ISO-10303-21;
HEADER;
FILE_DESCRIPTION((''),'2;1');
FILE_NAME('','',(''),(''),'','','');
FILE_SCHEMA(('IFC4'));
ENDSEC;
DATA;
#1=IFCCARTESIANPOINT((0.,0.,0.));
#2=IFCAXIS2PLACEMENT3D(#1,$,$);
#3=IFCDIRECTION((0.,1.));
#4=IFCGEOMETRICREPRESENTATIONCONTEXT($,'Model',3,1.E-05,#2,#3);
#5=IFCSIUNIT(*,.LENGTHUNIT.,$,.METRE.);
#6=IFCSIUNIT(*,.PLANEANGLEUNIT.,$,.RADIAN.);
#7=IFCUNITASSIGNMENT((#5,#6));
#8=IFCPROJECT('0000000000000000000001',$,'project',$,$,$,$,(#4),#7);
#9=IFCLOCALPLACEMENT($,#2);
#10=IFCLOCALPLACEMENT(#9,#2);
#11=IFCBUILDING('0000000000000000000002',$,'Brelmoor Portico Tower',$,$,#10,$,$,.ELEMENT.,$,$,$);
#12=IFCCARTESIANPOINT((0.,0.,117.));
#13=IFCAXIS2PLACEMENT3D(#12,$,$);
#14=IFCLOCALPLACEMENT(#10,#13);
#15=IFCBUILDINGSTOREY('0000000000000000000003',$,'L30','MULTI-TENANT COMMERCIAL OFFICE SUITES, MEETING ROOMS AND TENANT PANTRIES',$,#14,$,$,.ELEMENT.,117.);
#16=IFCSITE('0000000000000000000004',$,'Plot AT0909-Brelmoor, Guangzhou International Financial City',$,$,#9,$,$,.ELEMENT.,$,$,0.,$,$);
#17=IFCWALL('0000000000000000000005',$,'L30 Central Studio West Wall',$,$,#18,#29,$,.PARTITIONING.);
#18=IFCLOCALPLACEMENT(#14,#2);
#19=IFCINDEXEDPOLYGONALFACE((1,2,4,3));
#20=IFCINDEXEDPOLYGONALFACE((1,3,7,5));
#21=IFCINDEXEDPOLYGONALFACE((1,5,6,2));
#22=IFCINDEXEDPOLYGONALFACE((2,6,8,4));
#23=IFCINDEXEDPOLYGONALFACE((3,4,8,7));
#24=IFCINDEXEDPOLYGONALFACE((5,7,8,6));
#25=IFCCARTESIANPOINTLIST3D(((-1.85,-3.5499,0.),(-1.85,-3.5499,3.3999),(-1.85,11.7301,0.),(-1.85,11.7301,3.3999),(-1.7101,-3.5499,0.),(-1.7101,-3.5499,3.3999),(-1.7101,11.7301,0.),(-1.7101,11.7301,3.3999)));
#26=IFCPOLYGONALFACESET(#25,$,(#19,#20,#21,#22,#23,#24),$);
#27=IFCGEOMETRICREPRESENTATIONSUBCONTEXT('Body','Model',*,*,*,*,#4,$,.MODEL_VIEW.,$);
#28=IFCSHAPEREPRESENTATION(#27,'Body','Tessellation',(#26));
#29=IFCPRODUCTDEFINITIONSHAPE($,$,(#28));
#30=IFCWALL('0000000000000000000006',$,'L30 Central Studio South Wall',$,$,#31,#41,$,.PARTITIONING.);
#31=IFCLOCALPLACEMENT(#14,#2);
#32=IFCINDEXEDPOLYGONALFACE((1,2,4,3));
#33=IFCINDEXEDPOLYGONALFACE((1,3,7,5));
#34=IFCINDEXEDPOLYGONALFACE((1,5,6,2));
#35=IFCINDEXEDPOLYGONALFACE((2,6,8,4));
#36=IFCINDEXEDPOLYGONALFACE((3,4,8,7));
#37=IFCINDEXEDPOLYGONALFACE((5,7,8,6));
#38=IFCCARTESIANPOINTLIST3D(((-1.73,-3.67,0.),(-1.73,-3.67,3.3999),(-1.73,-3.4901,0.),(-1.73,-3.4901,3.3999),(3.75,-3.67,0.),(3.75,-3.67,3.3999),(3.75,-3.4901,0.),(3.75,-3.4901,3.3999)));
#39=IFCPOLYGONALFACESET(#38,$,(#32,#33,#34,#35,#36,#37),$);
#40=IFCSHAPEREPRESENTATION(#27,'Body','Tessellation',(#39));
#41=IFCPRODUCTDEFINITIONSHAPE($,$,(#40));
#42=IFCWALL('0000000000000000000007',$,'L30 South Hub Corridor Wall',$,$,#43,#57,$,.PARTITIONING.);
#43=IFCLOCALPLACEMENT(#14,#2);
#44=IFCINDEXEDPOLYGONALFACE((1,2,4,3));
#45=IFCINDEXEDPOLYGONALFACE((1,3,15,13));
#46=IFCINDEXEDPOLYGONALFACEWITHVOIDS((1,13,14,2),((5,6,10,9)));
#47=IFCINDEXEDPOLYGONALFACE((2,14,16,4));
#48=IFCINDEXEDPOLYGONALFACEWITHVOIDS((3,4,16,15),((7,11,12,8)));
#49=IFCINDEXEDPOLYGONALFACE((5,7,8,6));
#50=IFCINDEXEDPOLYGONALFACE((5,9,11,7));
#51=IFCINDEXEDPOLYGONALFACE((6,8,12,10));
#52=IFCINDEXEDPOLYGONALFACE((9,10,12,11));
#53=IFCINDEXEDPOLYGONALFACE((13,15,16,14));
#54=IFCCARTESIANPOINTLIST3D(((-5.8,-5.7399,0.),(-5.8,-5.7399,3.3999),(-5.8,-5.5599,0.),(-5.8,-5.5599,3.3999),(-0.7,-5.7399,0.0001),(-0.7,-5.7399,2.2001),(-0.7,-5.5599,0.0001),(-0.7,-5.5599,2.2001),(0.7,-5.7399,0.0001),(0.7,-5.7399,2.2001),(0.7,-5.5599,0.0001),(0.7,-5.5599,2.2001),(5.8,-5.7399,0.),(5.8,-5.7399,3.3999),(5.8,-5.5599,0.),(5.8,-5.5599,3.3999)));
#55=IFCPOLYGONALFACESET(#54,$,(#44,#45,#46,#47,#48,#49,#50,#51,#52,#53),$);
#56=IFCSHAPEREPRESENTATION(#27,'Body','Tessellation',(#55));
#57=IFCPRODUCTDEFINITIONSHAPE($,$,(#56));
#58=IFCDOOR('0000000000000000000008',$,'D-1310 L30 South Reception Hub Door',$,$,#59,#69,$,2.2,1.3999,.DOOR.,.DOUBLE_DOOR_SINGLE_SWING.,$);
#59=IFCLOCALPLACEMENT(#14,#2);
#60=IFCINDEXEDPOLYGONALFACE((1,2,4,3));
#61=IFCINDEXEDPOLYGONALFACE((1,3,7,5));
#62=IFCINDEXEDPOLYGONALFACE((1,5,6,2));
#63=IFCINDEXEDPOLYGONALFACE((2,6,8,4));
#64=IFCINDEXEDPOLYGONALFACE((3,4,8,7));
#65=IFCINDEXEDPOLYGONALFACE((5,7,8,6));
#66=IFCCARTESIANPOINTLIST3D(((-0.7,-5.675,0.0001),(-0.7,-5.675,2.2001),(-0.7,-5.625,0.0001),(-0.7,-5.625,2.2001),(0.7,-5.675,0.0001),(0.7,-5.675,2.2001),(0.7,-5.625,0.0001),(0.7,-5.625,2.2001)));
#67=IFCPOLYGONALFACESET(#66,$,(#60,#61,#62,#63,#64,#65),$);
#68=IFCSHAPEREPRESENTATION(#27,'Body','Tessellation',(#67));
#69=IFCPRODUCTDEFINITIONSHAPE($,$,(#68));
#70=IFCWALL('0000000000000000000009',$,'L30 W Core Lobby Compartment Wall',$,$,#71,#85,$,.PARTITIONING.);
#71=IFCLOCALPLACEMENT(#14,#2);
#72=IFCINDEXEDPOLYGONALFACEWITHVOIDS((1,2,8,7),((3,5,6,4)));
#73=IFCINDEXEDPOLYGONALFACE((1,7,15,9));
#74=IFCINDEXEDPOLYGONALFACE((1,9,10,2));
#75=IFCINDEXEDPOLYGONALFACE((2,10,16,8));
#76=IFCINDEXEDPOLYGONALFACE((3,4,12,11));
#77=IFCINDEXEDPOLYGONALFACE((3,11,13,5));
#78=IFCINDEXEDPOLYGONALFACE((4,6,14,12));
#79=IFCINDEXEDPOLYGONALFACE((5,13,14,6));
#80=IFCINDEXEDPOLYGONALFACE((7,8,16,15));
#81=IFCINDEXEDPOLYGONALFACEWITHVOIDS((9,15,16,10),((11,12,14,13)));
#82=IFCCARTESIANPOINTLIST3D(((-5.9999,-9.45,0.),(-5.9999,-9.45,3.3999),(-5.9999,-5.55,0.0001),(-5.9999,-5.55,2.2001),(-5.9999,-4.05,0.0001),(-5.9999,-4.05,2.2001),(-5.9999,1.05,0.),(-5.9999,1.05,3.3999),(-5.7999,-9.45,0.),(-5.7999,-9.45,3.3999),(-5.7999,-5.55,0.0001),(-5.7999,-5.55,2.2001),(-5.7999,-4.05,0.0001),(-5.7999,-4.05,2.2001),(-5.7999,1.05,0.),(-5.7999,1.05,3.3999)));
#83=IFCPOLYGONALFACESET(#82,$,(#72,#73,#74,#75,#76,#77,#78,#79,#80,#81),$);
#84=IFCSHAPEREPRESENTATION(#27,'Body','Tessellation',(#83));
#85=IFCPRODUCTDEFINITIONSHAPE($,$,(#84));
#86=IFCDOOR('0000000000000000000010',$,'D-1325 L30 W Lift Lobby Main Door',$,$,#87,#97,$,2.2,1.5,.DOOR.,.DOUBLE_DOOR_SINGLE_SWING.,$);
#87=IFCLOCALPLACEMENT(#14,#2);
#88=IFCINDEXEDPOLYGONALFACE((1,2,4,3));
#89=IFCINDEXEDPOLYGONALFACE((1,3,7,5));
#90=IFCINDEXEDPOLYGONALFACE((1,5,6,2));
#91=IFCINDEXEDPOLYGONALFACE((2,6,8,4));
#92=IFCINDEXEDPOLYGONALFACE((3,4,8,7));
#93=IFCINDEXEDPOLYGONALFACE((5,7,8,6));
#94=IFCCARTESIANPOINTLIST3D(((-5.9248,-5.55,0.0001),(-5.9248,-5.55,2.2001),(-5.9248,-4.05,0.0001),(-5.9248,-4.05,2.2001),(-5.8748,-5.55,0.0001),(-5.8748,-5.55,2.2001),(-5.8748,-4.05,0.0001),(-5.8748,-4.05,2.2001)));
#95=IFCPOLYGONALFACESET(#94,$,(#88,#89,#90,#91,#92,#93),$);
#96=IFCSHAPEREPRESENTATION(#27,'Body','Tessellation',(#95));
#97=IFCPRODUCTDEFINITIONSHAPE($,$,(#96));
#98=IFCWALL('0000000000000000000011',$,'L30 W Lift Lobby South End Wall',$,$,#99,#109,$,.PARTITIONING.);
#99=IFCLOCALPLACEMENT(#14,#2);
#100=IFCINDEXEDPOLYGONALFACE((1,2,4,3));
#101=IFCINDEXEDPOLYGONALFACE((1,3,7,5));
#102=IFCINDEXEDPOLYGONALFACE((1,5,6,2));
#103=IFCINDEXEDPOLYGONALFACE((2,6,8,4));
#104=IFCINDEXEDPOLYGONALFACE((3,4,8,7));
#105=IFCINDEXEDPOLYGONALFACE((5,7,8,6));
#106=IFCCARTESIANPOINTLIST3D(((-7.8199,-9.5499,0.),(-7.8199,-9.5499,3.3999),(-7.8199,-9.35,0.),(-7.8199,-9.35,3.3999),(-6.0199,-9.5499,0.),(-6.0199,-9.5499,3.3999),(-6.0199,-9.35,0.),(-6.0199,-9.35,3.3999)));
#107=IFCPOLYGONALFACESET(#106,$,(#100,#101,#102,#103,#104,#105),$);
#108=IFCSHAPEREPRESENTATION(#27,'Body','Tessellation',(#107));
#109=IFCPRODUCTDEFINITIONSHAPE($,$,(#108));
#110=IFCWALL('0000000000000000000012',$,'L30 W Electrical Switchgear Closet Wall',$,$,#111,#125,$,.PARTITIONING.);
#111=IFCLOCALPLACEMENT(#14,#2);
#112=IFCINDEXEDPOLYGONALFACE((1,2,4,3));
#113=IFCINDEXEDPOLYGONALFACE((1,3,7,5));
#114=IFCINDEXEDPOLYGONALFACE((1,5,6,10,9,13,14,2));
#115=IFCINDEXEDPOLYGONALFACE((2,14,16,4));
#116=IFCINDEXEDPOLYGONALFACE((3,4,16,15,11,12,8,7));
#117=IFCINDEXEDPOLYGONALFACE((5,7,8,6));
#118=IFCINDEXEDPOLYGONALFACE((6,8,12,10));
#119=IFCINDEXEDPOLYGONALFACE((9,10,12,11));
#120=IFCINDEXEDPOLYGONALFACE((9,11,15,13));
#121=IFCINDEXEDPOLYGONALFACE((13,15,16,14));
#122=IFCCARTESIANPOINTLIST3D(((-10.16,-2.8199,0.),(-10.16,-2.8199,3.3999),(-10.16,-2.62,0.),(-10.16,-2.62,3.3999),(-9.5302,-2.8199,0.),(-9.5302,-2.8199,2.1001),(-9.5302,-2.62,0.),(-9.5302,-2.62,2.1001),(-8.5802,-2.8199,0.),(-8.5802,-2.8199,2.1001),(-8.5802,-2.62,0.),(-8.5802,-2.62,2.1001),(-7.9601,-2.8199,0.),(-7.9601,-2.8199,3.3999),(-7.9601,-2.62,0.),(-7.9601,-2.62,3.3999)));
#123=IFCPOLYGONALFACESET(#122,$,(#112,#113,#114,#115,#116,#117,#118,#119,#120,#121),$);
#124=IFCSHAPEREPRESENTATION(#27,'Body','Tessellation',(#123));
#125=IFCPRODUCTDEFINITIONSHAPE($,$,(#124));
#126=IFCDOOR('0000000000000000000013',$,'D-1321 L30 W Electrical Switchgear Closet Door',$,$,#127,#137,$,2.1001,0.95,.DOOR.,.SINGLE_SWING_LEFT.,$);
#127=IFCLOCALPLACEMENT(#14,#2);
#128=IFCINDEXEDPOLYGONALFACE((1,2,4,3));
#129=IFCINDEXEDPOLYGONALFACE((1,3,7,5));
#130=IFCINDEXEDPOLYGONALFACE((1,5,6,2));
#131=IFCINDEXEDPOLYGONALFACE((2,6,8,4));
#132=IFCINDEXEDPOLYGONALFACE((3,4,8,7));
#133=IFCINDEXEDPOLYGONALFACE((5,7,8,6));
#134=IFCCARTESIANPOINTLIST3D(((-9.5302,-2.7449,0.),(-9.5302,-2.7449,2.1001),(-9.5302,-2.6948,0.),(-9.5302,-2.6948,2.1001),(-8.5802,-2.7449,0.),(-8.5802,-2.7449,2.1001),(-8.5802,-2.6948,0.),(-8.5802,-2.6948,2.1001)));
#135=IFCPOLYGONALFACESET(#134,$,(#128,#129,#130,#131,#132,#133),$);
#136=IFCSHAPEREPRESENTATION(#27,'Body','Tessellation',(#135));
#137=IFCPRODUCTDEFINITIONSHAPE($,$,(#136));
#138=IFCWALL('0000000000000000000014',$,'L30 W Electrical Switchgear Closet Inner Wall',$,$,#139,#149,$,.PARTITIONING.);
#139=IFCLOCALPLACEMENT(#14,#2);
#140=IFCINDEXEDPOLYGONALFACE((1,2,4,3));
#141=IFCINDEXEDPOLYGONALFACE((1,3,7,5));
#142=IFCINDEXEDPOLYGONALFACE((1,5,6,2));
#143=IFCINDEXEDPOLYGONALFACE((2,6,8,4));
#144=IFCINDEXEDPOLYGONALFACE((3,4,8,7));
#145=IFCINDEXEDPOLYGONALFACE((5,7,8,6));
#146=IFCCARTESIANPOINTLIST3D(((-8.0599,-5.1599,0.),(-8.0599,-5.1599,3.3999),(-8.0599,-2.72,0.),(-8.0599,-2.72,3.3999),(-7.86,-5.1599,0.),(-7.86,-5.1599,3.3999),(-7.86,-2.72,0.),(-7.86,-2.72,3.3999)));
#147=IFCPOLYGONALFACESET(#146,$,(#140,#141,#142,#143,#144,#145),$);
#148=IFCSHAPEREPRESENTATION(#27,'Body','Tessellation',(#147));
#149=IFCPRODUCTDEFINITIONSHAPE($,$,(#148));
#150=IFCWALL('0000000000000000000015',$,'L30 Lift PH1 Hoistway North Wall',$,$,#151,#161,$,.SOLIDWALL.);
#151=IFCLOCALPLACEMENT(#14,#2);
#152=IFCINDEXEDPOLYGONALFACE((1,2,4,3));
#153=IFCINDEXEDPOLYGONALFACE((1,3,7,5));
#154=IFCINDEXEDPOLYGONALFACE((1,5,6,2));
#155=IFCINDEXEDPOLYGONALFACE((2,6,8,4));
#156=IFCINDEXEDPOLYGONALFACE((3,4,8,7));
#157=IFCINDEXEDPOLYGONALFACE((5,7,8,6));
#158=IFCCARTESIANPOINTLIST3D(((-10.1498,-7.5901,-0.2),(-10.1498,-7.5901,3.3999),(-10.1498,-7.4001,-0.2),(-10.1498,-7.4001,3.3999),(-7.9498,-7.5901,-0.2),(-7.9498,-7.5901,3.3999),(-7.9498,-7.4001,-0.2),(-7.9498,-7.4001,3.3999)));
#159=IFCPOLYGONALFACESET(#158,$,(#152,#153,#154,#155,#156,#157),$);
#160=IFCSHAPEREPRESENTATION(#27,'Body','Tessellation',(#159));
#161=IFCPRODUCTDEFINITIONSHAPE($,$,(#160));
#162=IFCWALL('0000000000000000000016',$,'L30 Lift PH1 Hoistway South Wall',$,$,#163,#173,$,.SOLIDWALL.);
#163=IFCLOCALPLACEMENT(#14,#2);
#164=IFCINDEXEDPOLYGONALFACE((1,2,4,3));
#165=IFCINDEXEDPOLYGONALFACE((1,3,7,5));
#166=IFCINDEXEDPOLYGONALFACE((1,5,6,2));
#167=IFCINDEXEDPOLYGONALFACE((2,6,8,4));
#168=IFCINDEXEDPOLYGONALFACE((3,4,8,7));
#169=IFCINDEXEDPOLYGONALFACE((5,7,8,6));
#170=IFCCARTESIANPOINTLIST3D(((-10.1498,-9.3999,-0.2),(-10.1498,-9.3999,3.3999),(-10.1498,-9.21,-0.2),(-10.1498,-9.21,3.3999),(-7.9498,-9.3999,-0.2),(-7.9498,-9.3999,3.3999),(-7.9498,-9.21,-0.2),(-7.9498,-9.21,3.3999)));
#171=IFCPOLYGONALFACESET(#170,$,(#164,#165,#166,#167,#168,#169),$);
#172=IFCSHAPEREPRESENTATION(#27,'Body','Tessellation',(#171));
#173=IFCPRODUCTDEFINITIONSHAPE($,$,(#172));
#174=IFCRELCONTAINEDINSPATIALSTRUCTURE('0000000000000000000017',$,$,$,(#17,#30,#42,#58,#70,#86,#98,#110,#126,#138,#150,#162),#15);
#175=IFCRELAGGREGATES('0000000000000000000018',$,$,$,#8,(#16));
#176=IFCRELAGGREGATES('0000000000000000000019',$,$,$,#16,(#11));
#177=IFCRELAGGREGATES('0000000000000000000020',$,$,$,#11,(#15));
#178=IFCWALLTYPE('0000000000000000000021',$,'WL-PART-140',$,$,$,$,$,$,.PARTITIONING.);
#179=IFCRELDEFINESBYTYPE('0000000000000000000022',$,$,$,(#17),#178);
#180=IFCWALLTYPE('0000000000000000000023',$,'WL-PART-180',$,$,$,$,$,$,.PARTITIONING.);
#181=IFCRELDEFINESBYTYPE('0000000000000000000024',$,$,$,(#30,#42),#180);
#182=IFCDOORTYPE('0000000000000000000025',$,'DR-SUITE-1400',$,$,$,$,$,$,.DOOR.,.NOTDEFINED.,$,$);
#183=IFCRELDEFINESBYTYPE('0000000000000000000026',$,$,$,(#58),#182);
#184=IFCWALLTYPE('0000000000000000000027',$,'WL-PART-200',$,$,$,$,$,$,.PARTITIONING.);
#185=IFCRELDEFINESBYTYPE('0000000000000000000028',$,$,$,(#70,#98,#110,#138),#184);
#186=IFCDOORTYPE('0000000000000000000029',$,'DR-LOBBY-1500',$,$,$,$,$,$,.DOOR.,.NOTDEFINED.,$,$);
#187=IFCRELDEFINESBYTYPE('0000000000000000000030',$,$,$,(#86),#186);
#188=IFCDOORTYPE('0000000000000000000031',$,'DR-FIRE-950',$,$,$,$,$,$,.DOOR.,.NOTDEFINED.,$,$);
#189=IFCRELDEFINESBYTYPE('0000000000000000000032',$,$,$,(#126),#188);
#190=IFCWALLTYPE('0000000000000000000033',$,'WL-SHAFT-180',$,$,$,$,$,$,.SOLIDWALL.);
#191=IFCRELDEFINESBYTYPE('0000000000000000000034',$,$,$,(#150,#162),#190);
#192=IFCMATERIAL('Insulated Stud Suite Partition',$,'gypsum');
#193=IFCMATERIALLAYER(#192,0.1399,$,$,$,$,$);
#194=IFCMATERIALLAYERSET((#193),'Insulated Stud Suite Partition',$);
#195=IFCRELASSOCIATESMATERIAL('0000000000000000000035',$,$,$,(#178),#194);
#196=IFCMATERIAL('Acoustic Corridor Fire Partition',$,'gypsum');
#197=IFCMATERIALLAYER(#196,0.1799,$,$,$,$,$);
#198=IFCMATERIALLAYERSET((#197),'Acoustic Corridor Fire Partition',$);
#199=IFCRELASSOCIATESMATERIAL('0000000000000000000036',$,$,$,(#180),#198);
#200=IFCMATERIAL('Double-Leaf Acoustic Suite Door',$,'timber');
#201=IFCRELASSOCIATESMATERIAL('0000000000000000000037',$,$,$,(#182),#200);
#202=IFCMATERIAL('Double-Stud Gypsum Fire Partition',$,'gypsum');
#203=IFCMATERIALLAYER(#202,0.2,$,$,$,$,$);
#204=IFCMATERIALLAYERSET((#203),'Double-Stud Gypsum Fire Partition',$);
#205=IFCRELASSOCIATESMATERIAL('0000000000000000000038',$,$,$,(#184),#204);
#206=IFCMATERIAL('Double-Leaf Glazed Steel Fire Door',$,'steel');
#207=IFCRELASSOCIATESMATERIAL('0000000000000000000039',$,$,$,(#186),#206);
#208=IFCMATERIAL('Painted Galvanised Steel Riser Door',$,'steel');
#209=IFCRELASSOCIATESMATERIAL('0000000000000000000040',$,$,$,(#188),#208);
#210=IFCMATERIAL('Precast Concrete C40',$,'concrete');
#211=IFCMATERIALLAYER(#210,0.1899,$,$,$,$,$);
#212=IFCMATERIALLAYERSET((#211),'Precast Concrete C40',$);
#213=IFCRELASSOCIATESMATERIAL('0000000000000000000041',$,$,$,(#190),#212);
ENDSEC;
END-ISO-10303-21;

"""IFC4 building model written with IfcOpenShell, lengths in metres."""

from ifc_helpers import new_model, si_unit, direction, frame, frame_2d, origin, place, context, subcontext, project, spatial, rectangle, extrude, material, layer, layer_set, type_object, element, fill, save


model = new_model("IFC4")

# Units and contexts
model_context = context("Model", 3, precision=1e-05, world=origin(), true_north=direction((0.0, 1.0)))
body_context = subcontext(model_context, "Body", "Model", "MODEL_VIEW")
ifc_project = project(units=[si_unit("LENGTHUNIT", "METRE"), si_unit("PLANEANGLEUNIT", "RADIAN")], contexts=[model_context])

# Site, building, storey
site_placement = place(None, origin())
site = spatial("IfcSite", under=ifc_project, at=site_placement, Name="Plot AT0909-Brelmoor, Guangzhou International Financial City", CompositionType="ELEMENT", RefElevation=0.0)
building_placement = place(site_placement, origin())
building = spatial("IfcBuilding", under=site, at=building_placement, Name="Brelmoor Portico Tower", CompositionType="ELEMENT")
storey_placement = place(building_placement, frame((0.0, 0.0, 117.0)))
storey = spatial("IfcBuildingStorey", under=building, at=storey_placement, Name="L30", Description="MULTI-TENANT COMMERCIAL OFFICE SUITES, MEETING ROOMS AND TENANT PANTRIES", CompositionType="ELEMENT", Elevation=117.0)

# Walls
ifc_material_1 = material(Name="Insulated Stud Suite Partition", Category="gypsum")
ifc_layer_1 = layer(ifc_material_1, 0.1399)
ifc_layer_set_1 = layer_set([ifc_layer_1], Name="Insulated Stud Suite Partition")
wall_type_1 = type_object("IfcWallType", Name="WL-PART-140", PredefinedType="PARTITIONING", material=ifc_layer_set_1)
wall_1_placement = place(storey_placement, frame((-1.78, -3.55, 0.0), z_axis=(0.0, 0.0, 1.0), x_axis=(0.0, 1.0, 0.0)))
element("IfcWall", 1, at=wall_1_placement, inside=storey, type_object=wall_type_1, Name="L30 Central Studio West Wall", PredefinedType="PARTITIONING", context=body_context, shape_type="SweptSolid", body=[
    extrude(rectangle(XDim=15.28, YDim=0.1399, at=frame_2d((7.6401, 0.0))), origin(), (0.0, 0.0, 1.0), 3.3999),
])
ifc_material_2 = material(Name="Acoustic Corridor Fire Partition", Category="gypsum")
ifc_layer_2 = layer(ifc_material_2, 0.1799)
ifc_layer_set_2 = layer_set([ifc_layer_2], Name="Acoustic Corridor Fire Partition")
wall_type_2 = type_object("IfcWallType", Name="WL-PART-180", PredefinedType="PARTITIONING", material=ifc_layer_set_2)
wall_2_placement = place(storey_placement, frame((-1.73, -3.5801, 0.0), z_axis=(0.0, 0.0, 1.0), x_axis=(1.0, 0.0, 0.0)))
element("IfcWall", 2, at=wall_2_placement, inside=storey, type_object=wall_type_2, Name="L30 Central Studio South Wall", PredefinedType="PARTITIONING", context=body_context, shape_type="SweptSolid", body=[
    extrude(rectangle(XDim=5.48, YDim=0.1799, at=frame_2d((2.74, 0.0))), origin(), (0.0, 0.0, 1.0), 3.3999),
])

# Walls, openings, doors
wall_3_placement = place(storey_placement, frame((-5.8, -5.6499, 0.0), z_axis=(0.0, 0.0, 1.0), x_axis=(1.0, 0.0, 0.0)))
wall_3 = element("IfcWall", 3, at=wall_3_placement, inside=storey, type_object=wall_type_2, Name="L30 South Hub Corridor Wall", PredefinedType="PARTITIONING", context=body_context, shape_type="SweptSolid", body=[
    extrude(rectangle(XDim=11.6001, YDim=0.1799, at=frame_2d((5.8, 0.0))), origin(), (0.0, 0.0, 1.0), 3.3999),
])
opening_1_placement = place(wall_3_placement, frame((5.1001, 0.0, 0.0)))
opening_1 = element("IfcOpeningElement", 4, at=opening_1_placement, cuts=wall_3, PredefinedType="OPENING", context=body_context, shape_type="SweptSolid", body=[
    extrude(rectangle(XDim=1.3999, YDim=2.2, at=frame_2d((0.7, 1.1001))), frame((0.0, 0.0999, 0.0), z_axis=(0.0, -1.0, 0.0), x_axis=(1.0, 0.0, 0.0)), (0.0, 0.0, 1.0), 0.2),
])
ifc_material_3 = material(Name="Double-Leaf Acoustic Suite Door", Category="timber")
door_type_1 = type_object("IfcDoorType", Name="DR-SUITE-1400", OperationType="NOTDEFINED", PredefinedType="DOOR", material=ifc_material_3)
door_1_placement = place(opening_1_placement, origin())
door_1 = element("IfcDoor", 5, at=door_1_placement, inside=storey, type_object=door_type_1, Name="D-1310 L30 South Reception Hub Door", OperationType="DOUBLE_DOOR_SINGLE_SWING", OverallHeight=2.2, OverallWidth=1.3999, PredefinedType="DOOR", context=body_context, shape_type="SweptSolid", body=[
    extrude(rectangle(XDim=1.3999, YDim=2.2, at=frame_2d((0.7, 1.1001))), frame((0.0, 0.0249, 0.0), z_axis=(0.0, -1.0, 0.0), x_axis=(1.0, 0.0, 0.0)), (0.0, 0.0, 1.0), 0.05),
])
fill(opening_1, door_1)
ifc_material_4 = material(Name="Double-Stud Gypsum Fire Partition", Category="gypsum")
ifc_layer_3 = layer(ifc_material_4, 0.2)
ifc_layer_set_3 = layer_set([ifc_layer_3], Name="Double-Stud Gypsum Fire Partition")
wall_type_3 = type_object("IfcWallType", Name="WL-PART-200", PredefinedType="PARTITIONING", material=ifc_layer_set_3)
wall_4_placement = place(storey_placement, frame((-5.8999, -9.45, 0.0), z_axis=(0.0, 0.0, 1.0), x_axis=(0.0, 1.0, 0.0)))
wall_4 = element("IfcWall", 6, at=wall_4_placement, inside=storey, type_object=wall_type_3, Name="L30 W Core Lobby Compartment Wall", PredefinedType="PARTITIONING", context=body_context, shape_type="SweptSolid", body=[
    extrude(rectangle(XDim=10.5, YDim=0.2, at=frame_2d((5.25, 0.0))), origin(), (0.0, 0.0, 1.0), 3.3999),
])
opening_2_placement = place(wall_4_placement, frame((3.8999, 0.0, 0.0)))
opening_2 = element("IfcOpeningElement", 7, at=opening_2_placement, cuts=wall_4, PredefinedType="OPENING", context=body_context, shape_type="SweptSolid", body=[
    extrude(rectangle(XDim=1.5, YDim=2.2, at=frame_2d((0.75, 1.1001))), frame((0.0, 0.1099, 0.0), z_axis=(0.0, -1.0, 0.0), x_axis=(1.0, 0.0, 0.0)), (0.0, 0.0, 1.0), 0.22),
])
ifc_material_5 = material(Name="Double-Leaf Glazed Steel Fire Door", Category="steel")
door_type_2 = type_object("IfcDoorType", Name="DR-LOBBY-1500", OperationType="NOTDEFINED", PredefinedType="DOOR", material=ifc_material_5)
door_2_placement = place(opening_2_placement, origin())
door_2 = element("IfcDoor", 8, at=door_2_placement, inside=storey, type_object=door_type_2, Name="D-1325 L30 W Lift Lobby Main Door", OperationType="DOUBLE_DOOR_SINGLE_SWING", OverallHeight=2.2, OverallWidth=1.5, PredefinedType="DOOR", context=body_context, shape_type="SweptSolid", body=[
    extrude(rectangle(XDim=1.5, YDim=2.2, at=frame_2d((0.75, 1.1001))), frame((0.0, 0.0249, 0.0), z_axis=(0.0, -1.0, 0.0), x_axis=(1.0, 0.0, 0.0)), (0.0, 0.0, 1.0), 0.05),
])
fill(opening_2, door_2)

# Wall
wall_5_placement = place(storey_placement, frame((-6.02, -9.45, 0.0), z_axis=(0.0, 0.0, 1.0), x_axis=(-1.0, 0.0, 0.0)))
element("IfcWall", 9, at=wall_5_placement, inside=storey, type_object=wall_type_3, Name="L30 W Lift Lobby South End Wall", PredefinedType="PARTITIONING", context=body_context, shape_type="SweptSolid", body=[
    extrude(rectangle(XDim=1.8, YDim=0.2, at=frame_2d((0.8999, 0.0))), origin(), (0.0, 0.0, 1.0), 3.3999),
])

# Wall, opening, door
wall_6_placement = place(storey_placement, frame((-7.96, -2.72, 0.0), z_axis=(0.0, 0.0, 1.0), x_axis=(-1.0, 0.0, 0.0)))
wall_6 = element("IfcWall", 10, at=wall_6_placement, inside=storey, type_object=wall_type_3, Name="L30 W Electrical Switchgear Closet Wall", PredefinedType="PARTITIONING", context=body_context, shape_type="SweptSolid", body=[
    extrude(rectangle(XDim=2.2, YDim=0.2, at=frame_2d((1.1001, 0.0))), origin(), (0.0, 0.0, 1.0), 3.3999),
])
opening_3_placement = place(wall_6_placement, frame((0.6201, 0.0, 0.0)))
opening_3 = element("IfcOpeningElement", 11, at=opening_3_placement, cuts=wall_6, PredefinedType="OPENING", context=body_context, shape_type="SweptSolid", body=[
    extrude(rectangle(XDim=0.95, YDim=2.1001, at=frame_2d((0.4751, 1.05))), frame((0.0, 0.1099, 0.0), z_axis=(0.0, -1.0, 0.0), x_axis=(1.0, 0.0, 0.0)), (0.0, 0.0, 1.0), 0.22),
])
ifc_material_6 = material(Name="Painted Galvanised Steel Riser Door", Category="steel")
door_type_3 = type_object("IfcDoorType", Name="DR-FIRE-950", OperationType="NOTDEFINED", PredefinedType="DOOR", material=ifc_material_6)
door_3_placement = place(opening_3_placement, origin())
door_3 = element("IfcDoor", 12, at=door_3_placement, inside=storey, type_object=door_type_3, Name="D-1321 L30 W Electrical Switchgear Closet Door", OperationType="SINGLE_SWING_LEFT", OverallHeight=2.1001, OverallWidth=0.95, PredefinedType="DOOR", context=body_context, shape_type="SweptSolid", body=[
    extrude(rectangle(XDim=0.95, YDim=2.1001, at=frame_2d((0.4751, 1.05))), frame((0.0, 0.0249, 0.0), z_axis=(0.0, -1.0, 0.0), x_axis=(1.0, 0.0, 0.0)), (0.0, 0.0, 1.0), 0.05),
])
fill(opening_3, door_3)

# Walls
wall_7_placement = place(storey_placement, frame((-7.96, -5.1599, 0.0), z_axis=(0.0, 0.0, 1.0), x_axis=(0.0, 1.0, 0.0)))
element("IfcWall", 13, at=wall_7_placement, inside=storey, type_object=wall_type_3, Name="L30 W Electrical Switchgear Closet Inner Wall", PredefinedType="PARTITIONING", context=body_context, shape_type="SweptSolid", body=[
    extrude(rectangle(XDim=2.4399, YDim=0.2, at=frame_2d((1.22, 0.0))), origin(), (0.0, 0.0, 1.0), 3.3999),
])
ifc_material_7 = material(Name="Precast Concrete C40", Category="concrete")
ifc_layer_4 = layer(ifc_material_7, 0.1899)
ifc_layer_set_4 = layer_set([ifc_layer_4], Name="Precast Concrete C40")
wall_type_4 = type_object("IfcWallType", Name="WL-SHAFT-180", PredefinedType="SOLIDWALL", material=ifc_layer_set_4)
for number, where, z_axis, x_axis, name in (
    (14, (-10.1499, -7.4951, -0.2), (0.0, 0.0, 1.0), (1.0, 0.0, 0.0), "L30 Lift PH1 Hoistway North Wall"),
    (15, (-10.1499, -9.3049, -0.2), (0.0, 0.0, 1.0), (1.0, 0.0, 0.0), "L30 Lift PH1 Hoistway South Wall"),
):
    element("IfcWall", number, at=place(storey_placement, frame(where, z_axis=z_axis, x_axis=x_axis)), inside=storey, type_object=wall_type_4, Name=name, PredefinedType="SOLIDWALL", context=body_context, shape_type="SweptSolid", body=[
        extrude(rectangle(XDim=2.2, YDim=0.1899, at=frame_2d((1.1001, 0.0))), origin(), (0.0, 0.0, 1.0), 3.5999),
    ])

save(model, "model.ifc")
